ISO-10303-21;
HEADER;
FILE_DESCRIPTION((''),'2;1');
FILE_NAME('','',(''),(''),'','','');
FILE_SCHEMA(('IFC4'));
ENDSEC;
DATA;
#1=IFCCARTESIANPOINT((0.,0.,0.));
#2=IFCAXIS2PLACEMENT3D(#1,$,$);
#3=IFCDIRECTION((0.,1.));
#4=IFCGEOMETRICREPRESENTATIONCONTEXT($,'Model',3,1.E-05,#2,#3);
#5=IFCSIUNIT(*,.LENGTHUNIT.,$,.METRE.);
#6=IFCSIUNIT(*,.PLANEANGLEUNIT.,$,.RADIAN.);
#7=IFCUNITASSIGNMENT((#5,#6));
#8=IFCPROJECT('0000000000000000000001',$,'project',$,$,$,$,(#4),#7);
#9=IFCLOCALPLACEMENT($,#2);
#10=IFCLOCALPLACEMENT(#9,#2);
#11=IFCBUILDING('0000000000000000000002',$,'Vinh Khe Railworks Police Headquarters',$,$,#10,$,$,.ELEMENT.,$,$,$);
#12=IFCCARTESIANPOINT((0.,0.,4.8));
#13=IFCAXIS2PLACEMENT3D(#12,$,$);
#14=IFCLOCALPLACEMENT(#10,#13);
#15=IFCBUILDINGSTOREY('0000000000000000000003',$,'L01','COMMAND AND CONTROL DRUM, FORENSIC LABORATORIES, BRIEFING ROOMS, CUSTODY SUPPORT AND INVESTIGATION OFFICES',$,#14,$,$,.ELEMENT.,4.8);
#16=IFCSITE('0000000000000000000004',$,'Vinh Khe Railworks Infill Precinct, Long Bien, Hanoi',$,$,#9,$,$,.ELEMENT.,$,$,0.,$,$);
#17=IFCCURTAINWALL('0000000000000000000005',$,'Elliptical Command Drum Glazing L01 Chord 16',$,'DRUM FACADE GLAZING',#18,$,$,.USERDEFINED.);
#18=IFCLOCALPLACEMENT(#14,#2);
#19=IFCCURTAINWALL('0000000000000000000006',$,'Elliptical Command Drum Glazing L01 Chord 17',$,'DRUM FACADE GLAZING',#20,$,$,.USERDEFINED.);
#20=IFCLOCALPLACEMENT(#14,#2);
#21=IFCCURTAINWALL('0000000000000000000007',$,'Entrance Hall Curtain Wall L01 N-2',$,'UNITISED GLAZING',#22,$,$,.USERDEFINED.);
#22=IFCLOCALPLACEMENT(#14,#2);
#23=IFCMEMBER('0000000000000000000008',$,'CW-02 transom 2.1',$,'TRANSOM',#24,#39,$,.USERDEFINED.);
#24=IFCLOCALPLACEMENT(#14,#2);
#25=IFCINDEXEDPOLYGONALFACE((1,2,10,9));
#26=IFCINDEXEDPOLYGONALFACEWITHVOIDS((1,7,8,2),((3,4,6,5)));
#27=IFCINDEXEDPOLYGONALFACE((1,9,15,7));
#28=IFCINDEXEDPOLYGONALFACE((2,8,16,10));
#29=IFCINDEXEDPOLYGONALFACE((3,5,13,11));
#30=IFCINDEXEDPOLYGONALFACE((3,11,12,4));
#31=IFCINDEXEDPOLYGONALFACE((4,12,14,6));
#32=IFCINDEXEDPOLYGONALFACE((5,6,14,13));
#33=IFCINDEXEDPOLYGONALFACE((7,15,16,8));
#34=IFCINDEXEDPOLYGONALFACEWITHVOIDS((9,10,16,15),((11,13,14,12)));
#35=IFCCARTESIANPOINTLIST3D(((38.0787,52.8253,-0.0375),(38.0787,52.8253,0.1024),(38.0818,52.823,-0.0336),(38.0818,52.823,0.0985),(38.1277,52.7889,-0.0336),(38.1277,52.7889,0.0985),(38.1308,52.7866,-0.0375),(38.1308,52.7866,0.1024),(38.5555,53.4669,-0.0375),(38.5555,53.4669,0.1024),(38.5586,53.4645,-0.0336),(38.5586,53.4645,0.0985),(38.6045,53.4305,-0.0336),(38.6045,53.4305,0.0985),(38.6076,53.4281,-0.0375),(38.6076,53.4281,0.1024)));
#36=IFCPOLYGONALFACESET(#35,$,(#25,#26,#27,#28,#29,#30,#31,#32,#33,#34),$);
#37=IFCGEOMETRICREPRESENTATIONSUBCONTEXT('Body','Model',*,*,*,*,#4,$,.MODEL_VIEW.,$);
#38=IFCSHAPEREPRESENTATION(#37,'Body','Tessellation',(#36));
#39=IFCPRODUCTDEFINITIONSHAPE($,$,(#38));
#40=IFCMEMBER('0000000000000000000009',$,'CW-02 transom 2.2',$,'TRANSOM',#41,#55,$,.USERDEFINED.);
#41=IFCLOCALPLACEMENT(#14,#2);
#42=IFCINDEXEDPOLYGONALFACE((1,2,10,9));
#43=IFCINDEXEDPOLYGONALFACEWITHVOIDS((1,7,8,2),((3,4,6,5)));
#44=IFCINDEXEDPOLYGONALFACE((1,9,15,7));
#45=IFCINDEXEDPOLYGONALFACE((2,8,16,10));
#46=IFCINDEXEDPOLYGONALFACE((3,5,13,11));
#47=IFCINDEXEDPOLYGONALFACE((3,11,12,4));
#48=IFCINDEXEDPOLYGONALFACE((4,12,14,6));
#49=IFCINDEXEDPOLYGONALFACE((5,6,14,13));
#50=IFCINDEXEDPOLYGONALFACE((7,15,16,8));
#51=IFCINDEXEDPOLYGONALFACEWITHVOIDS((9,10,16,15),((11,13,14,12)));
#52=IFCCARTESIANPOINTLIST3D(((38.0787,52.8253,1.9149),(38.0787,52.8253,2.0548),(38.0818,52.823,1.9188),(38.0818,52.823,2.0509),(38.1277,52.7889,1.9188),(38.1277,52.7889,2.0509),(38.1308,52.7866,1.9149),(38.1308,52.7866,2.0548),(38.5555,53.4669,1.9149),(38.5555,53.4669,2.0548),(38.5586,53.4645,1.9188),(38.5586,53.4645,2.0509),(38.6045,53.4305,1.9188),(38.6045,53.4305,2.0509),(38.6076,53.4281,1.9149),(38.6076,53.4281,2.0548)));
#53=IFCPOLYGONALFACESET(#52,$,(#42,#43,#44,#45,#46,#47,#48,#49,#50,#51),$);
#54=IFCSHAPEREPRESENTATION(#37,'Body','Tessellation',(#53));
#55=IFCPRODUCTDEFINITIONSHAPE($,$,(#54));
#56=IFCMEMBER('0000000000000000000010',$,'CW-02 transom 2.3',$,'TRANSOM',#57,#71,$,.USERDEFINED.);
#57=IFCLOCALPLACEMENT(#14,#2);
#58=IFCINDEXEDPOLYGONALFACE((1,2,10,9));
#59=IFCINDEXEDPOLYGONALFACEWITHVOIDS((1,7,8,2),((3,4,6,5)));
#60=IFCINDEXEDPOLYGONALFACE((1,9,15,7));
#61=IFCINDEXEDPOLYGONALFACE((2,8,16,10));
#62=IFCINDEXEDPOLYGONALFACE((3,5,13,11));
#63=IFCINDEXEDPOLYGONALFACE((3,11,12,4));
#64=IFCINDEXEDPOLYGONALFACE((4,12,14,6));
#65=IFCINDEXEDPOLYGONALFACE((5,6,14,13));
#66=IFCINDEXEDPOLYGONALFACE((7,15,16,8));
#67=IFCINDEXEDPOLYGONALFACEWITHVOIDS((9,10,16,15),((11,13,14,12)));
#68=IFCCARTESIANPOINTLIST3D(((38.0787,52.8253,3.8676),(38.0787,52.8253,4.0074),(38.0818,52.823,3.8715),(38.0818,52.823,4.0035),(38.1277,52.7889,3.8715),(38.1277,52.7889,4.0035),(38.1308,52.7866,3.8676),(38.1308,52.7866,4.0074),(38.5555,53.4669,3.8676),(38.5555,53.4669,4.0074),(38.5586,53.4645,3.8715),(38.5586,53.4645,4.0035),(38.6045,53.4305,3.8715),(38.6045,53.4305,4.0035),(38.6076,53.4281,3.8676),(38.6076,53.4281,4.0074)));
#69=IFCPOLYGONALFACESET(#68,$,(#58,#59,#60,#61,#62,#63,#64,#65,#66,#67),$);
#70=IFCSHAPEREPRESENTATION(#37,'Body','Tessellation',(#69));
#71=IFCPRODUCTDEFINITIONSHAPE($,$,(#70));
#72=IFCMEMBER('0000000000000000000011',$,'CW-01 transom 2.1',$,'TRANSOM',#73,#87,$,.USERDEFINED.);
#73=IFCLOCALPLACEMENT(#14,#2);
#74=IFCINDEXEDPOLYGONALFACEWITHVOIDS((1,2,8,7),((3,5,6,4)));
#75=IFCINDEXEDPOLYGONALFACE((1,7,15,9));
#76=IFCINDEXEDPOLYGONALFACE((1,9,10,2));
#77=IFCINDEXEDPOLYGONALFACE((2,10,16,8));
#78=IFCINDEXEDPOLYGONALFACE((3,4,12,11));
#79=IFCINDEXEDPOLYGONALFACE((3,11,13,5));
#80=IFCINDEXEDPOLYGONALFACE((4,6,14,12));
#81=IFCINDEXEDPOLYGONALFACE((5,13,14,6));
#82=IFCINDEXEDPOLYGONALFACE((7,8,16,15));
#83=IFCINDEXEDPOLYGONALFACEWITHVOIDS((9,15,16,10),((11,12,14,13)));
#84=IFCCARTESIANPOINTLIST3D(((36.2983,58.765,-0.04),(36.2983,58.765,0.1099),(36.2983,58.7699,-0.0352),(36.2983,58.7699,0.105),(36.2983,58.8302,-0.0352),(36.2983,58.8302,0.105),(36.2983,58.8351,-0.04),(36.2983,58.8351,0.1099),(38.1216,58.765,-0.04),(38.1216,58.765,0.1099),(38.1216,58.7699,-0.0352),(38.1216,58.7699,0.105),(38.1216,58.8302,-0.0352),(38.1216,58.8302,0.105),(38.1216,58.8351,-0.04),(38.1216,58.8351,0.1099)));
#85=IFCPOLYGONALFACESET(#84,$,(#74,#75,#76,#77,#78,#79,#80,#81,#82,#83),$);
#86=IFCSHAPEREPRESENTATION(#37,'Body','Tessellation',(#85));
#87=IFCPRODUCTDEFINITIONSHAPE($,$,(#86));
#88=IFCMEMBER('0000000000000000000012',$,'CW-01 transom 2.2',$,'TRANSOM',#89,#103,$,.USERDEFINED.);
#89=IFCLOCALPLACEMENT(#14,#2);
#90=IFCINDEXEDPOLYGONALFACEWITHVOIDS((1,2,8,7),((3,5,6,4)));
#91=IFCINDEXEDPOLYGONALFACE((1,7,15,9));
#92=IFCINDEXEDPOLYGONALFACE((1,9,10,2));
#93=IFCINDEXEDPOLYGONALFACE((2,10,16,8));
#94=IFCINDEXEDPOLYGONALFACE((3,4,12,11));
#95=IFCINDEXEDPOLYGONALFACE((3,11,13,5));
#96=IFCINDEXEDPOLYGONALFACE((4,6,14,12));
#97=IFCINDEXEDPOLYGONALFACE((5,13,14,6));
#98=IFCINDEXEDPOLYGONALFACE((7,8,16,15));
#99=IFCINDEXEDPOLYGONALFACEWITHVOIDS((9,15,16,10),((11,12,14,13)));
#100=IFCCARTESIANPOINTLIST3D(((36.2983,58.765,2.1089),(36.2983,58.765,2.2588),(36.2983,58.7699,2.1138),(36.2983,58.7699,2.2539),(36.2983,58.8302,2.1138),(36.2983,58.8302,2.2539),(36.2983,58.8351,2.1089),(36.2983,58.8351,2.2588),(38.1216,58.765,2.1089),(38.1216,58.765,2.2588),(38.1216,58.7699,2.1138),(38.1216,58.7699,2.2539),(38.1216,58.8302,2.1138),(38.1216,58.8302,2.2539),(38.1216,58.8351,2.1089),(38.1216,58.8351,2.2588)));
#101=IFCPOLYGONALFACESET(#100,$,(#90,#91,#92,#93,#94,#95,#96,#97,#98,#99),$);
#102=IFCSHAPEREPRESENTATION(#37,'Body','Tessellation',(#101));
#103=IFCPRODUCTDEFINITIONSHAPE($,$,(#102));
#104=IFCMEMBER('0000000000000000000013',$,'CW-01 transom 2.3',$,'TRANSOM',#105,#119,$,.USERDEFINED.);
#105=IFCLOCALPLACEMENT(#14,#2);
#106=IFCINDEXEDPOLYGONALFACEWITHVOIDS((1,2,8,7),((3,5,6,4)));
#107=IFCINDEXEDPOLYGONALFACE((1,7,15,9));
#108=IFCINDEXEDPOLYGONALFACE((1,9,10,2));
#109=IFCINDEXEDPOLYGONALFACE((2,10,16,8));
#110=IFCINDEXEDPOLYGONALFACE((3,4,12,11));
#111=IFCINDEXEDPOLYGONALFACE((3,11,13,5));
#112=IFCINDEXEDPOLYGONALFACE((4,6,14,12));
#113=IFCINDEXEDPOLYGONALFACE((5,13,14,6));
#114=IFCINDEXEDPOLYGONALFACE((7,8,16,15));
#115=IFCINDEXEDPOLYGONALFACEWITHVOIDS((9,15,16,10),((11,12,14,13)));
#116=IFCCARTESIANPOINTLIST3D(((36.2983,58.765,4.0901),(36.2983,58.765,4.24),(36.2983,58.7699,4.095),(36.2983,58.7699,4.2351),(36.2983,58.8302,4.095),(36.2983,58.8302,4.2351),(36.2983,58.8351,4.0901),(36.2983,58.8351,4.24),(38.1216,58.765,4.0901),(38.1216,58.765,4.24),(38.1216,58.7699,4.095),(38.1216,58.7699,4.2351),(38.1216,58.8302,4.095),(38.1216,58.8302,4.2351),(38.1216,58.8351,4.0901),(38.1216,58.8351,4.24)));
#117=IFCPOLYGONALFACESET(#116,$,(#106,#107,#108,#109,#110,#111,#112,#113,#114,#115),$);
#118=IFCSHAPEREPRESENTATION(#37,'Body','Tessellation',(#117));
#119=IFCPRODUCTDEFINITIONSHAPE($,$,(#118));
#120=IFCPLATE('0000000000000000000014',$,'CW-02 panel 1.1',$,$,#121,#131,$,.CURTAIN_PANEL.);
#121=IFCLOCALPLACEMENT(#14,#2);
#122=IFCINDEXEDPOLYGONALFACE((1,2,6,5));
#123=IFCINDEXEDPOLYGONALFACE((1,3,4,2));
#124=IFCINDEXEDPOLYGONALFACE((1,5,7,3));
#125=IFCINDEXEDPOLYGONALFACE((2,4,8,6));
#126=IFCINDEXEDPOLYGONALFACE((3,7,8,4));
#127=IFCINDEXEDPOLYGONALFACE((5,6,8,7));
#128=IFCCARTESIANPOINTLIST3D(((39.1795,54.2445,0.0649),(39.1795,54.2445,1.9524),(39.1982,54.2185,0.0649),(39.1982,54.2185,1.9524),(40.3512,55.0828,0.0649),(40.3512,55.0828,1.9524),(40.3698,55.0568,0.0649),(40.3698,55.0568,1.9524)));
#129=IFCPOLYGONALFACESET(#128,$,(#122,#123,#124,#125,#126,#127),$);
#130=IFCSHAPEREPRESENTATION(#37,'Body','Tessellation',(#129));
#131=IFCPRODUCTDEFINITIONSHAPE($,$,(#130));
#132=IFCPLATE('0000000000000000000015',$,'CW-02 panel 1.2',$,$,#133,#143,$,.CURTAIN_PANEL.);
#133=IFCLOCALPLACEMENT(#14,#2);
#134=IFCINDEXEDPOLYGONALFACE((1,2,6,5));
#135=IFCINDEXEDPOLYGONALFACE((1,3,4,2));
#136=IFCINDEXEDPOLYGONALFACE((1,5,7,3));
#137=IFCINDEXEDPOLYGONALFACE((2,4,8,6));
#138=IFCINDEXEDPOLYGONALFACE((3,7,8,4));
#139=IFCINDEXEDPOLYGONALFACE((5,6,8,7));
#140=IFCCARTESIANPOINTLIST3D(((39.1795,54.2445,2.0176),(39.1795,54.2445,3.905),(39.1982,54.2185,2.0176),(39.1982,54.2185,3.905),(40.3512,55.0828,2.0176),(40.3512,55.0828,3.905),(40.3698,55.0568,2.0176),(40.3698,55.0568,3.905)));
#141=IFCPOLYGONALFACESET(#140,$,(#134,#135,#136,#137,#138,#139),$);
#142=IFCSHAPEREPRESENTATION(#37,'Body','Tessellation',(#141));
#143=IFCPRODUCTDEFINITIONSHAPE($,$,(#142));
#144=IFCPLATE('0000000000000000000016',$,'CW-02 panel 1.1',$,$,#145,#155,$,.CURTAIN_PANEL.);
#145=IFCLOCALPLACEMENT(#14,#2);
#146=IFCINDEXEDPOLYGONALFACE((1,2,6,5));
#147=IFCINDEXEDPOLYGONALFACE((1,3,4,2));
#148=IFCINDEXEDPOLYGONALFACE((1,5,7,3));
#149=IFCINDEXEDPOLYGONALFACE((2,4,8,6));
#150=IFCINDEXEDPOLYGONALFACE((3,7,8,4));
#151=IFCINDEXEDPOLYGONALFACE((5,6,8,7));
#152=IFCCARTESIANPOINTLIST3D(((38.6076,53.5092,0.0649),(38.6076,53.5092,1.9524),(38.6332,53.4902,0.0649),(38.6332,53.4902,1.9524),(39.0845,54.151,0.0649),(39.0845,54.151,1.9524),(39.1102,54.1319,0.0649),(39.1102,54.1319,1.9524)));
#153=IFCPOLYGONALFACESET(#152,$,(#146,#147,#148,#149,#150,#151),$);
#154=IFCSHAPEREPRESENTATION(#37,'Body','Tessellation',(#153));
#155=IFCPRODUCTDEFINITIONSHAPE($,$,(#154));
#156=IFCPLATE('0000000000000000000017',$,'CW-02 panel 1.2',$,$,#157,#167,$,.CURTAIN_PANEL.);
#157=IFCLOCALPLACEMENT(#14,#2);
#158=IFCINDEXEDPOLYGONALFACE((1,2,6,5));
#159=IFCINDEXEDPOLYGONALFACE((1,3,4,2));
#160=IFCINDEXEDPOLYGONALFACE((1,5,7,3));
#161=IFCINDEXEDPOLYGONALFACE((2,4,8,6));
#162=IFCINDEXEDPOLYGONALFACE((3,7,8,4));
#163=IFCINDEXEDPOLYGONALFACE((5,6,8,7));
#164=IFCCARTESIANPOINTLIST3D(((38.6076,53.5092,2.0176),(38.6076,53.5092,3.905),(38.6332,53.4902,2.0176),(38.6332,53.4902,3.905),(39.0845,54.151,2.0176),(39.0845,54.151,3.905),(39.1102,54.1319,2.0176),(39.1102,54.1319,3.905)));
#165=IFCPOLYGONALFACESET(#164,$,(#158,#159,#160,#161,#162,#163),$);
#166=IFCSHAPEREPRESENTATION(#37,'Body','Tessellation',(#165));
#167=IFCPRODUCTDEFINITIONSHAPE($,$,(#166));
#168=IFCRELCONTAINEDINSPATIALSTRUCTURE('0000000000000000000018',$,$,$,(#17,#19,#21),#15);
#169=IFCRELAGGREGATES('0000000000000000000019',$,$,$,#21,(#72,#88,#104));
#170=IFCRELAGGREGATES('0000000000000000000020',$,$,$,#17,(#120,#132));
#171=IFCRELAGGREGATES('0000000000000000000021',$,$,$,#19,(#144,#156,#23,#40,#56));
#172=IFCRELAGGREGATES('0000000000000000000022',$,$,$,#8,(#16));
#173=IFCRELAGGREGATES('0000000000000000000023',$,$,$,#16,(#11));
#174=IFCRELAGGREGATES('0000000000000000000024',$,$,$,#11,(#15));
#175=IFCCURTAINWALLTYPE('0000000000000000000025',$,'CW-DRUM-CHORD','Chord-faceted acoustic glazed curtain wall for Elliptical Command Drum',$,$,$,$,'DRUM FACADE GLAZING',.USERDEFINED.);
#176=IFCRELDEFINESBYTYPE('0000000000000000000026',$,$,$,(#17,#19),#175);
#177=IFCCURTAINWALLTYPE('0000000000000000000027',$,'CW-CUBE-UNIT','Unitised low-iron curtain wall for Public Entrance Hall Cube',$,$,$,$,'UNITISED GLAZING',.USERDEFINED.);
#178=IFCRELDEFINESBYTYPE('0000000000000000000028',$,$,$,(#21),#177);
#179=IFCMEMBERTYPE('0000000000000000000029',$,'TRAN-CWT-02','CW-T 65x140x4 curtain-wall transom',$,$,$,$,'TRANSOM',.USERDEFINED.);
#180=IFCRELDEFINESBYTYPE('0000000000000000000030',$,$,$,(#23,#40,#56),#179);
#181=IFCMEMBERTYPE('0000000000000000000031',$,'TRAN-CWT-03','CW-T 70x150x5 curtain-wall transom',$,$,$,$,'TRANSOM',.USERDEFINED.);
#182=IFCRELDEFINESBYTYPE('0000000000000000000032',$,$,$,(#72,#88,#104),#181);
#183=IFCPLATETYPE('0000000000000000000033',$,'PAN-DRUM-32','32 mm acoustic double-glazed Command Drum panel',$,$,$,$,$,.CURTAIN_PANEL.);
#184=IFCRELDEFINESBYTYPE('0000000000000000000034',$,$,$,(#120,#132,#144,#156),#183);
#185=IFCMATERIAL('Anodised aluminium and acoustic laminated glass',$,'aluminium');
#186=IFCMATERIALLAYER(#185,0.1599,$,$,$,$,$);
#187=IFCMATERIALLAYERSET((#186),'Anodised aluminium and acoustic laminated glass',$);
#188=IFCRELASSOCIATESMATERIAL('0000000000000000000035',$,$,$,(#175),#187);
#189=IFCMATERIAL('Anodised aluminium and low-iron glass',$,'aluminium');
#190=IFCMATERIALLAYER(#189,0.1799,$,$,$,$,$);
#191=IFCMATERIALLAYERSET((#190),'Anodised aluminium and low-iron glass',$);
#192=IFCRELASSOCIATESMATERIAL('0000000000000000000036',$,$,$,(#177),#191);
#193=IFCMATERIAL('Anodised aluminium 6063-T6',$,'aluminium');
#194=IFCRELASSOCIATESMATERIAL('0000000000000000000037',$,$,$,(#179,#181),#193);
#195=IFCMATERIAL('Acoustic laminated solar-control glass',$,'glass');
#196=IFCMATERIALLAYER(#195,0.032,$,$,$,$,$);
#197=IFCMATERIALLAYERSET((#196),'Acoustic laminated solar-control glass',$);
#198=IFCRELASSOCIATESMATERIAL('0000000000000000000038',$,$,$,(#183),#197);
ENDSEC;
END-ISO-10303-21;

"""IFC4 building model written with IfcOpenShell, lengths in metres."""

from ifc_helpers import new_model, si_unit, direction, frame, origin, origin_2d, place, context, subcontext, project, spatial, rectangle, hollow_rectangle, extrude, material, layer, layer_set, material_profile, profile_set, type_object, element, aggregate, save


model = new_model("IFC4")

# Units and contexts
model_context = context("Model", 3, precision=1e-05, world=origin(), true_north=direction((0.0, 1.0)))
body_context = subcontext(model_context, "Body", "Model", "MODEL_VIEW")
ifc_project = project(units=[si_unit("LENGTHUNIT", "METRE"), si_unit("PLANEANGLEUNIT", "RADIAN")], contexts=[model_context])

# Site, building, storey
site_placement = place(None, origin())
site = spatial("IfcSite", under=ifc_project, at=site_placement, Name="Vinh Khe Railworks Infill Precinct, Long Bien, Hanoi", CompositionType="ELEMENT", RefElevation=0.0)
building_placement = place(site_placement, origin())
building = spatial("IfcBuilding", under=site, at=building_placement, Name="Vinh Khe Railworks Police Headquarters", CompositionType="ELEMENT")
storey_placement = place(building_placement, frame((0.0, 0.0, 4.8)))
storey = spatial("IfcBuildingStorey", under=building, at=storey_placement, Name="L01", Description="COMMAND AND CONTROL DRUM, FORENSIC LABORATORIES, BRIEFING ROOMS, CUSTODY SUPPORT AND INVESTIGATION OFFICES", CompositionType="ELEMENT", Elevation=4.8)

# Curtain wall
ifc_material_1 = material(Name="Anodised aluminium and acoustic laminated glass", Category="aluminium")
ifc_layer_1 = layer(ifc_material_1, 0.1599)
ifc_layer_set_1 = layer_set([ifc_layer_1], Name="Anodised aluminium and acoustic laminated glass")
curtain_wall_type_1 = type_object("IfcCurtainWallType", Name="CW-DRUM-CHORD", Description="Chord-faceted acoustic glazed curtain wall for Elliptical Command Drum", ElementType="DRUM FACADE GLAZING", PredefinedType="USERDEFINED", material=ifc_layer_set_1)
curtain_wall_1_placement = place(storey_placement, origin())
curtain_wall_1 = element("IfcCurtainWall", 1, at=curtain_wall_1_placement, inside=storey, type_object=curtain_wall_type_1, Name="Elliptical Command Drum Glazing L01 Chord 16", ObjectType="DRUM FACADE GLAZING", PredefinedType="USERDEFINED")
ifc_material_2 = material(Name="Anodised aluminium 6063-T6", Category="aluminium")

# Curtain wall
curtain_wall_2_placement = place(storey_placement, origin())
curtain_wall_2 = element("IfcCurtainWall", 2, at=curtain_wall_2_placement, inside=storey, type_object=curtain_wall_type_1, Name="Elliptical Command Drum Glazing L01 Chord 17", ObjectType="DRUM FACADE GLAZING", PredefinedType="USERDEFINED")

# Curtain wall
ifc_material_3 = material(Name="Anodised aluminium and low-iron glass", Category="aluminium")
ifc_layer_2 = layer(ifc_material_3, 0.1799)
ifc_layer_set_2 = layer_set([ifc_layer_2], Name="Anodised aluminium and low-iron glass")
curtain_wall_type_2 = type_object("IfcCurtainWallType", Name="CW-CUBE-UNIT", Description="Unitised low-iron curtain wall for Public Entrance Hall Cube", ElementType="UNITISED GLAZING", PredefinedType="USERDEFINED", material=ifc_layer_set_2)
curtain_wall_3_placement = place(storey_placement, origin())
curtain_wall_3 = element("IfcCurtainWall", 3, at=curtain_wall_3_placement, inside=storey, type_object=curtain_wall_type_2, Name="Entrance Hall Curtain Wall L01 N-2", ObjectType="UNITISED GLAZING", PredefinedType="USERDEFINED")

# Members
ifc_material_profile_1 = material_profile(ifc_material_2, hollow_rectangle(XDim=0.0649, YDim=0.1399, WallThickness=0.0039, at=origin_2d()), Name="CW-T 65x140x4")
ifc_profile_set_1 = profile_set([ifc_material_profile_1], Name="Anodised aluminium 6063-T6")
member_type_1 = type_object("IfcMemberType", Name="TRAN-CWT-02", Description="CW-T 65x140x4 curtain-wall transom", ElementType="TRANSOM", PredefinedType="USERDEFINED", material=ifc_profile_set_1)
member_1_placement = place(storey_placement, frame((38.5815, 53.4475, 0.0325), z_axis=(-0.596476, -0.802631, 0.0), x_axis=(0.802631, -0.596476, 0.0)))
member_1 = element("IfcMember", 4, at=member_1_placement, type_object=member_type_1, Name="CW-02 transom 2.1", ObjectType="TRANSOM", PredefinedType="USERDEFINED", context=body_context, shape_type="SweptSolid", body=[
    extrude(hollow_rectangle(XDim=0.0649, YDim=0.1399, WallThickness=0.0039, at=origin_2d()), origin(), (0.0, 0.0, 1.0), 0.7993),
])
member_2_placement = place(storey_placement, frame((38.5815, 53.4475, 1.9849), z_axis=(-0.596476, -0.802631, 0.0), x_axis=(0.802631, -0.596476, 0.0)))
member_2 = element("IfcMember", 5, at=member_2_placement, type_object=member_type_1, Name="CW-02 transom 2.2", ObjectType="TRANSOM", PredefinedType="USERDEFINED", context=body_context, shape_type="SweptSolid", body=[
    extrude(hollow_rectangle(XDim=0.0649, YDim=0.1399, WallThickness=0.0039, at=origin_2d()), origin(), (0.0, 0.0, 1.0), 0.7993),
])
member_3_placement = place(storey_placement, frame((38.5815, 53.4475, 3.9375), z_axis=(-0.596476, -0.802631, 0.0), x_axis=(0.802631, -0.596476, 0.0)))
member_3 = element("IfcMember", 6, at=member_3_placement, type_object=member_type_1, Name="CW-02 transom 2.3", ObjectType="TRANSOM", PredefinedType="USERDEFINED", context=body_context, shape_type="SweptSolid", body=[
    extrude(hollow_rectangle(XDim=0.0649, YDim=0.1399, WallThickness=0.0039, at=origin_2d()), origin(), (0.0, 0.0, 1.0), 0.7993),
])
ifc_material_profile_2 = material_profile(ifc_material_2, hollow_rectangle(XDim=0.0701, YDim=0.1499, WallThickness=0.0049, at=origin_2d()), Name="CW-T 70x150x5")
ifc_profile_set_2 = profile_set([ifc_material_profile_2], Name="Anodised aluminium 6063-T6")
member_type_2 = type_object("IfcMemberType", Name="TRAN-CWT-03", Description="CW-T 70x150x5 curtain-wall transom", ElementType="TRANSOM", PredefinedType="USERDEFINED", material=ifc_profile_set_2)
member_4_placement = place(storey_placement, frame((36.2983, 58.8, 0.0349), z_axis=(1.0, 0.0, 0.0), x_axis=(0.0, 1.0, 0.0)))
member_4 = element("IfcMember", 7, at=member_4_placement, type_object=member_type_2, Name="CW-01 transom 2.1", ObjectType="TRANSOM", PredefinedType="USERDEFINED", context=body_context, shape_type="SweptSolid", body=[
    extrude(hollow_rectangle(XDim=0.0701, YDim=0.1499, WallThickness=0.0049, at=origin_2d()), origin(), (0.0, 0.0, 1.0), 1.8232),
])
member_5_placement = place(storey_placement, frame((36.2983, 58.8, 2.1838), z_axis=(1.0, 0.0, 0.0), x_axis=(0.0, 1.0, 0.0)))
member_5 = element("IfcMember", 8, at=member_5_placement, type_object=member_type_2, Name="CW-01 transom 2.2", ObjectType="TRANSOM", PredefinedType="USERDEFINED", context=body_context, shape_type="SweptSolid", body=[
    extrude(hollow_rectangle(XDim=0.0701, YDim=0.1499, WallThickness=0.0049, at=origin_2d()), origin(), (0.0, 0.0, 1.0), 1.8232),
])
member_6_placement = place(storey_placement, frame((36.2983, 58.8, 4.165), z_axis=(1.0, 0.0, 0.0), x_axis=(0.0, 1.0, 0.0)))
member_6 = element("IfcMember", 9, at=member_6_placement, type_object=member_type_2, Name="CW-01 transom 2.3", ObjectType="TRANSOM", PredefinedType="USERDEFINED", context=body_context, shape_type="SweptSolid", body=[
    extrude(hollow_rectangle(XDim=0.0701, YDim=0.1499, WallThickness=0.0049, at=origin_2d()), origin(), (0.0, 0.0, 1.0), 1.8232),
])
aggregate(curtain_wall_3, [member_4, member_5, member_6])

# Plates
ifc_material_4 = material(Name="Acoustic laminated solar-control glass", Category="glass")
ifc_layer_3 = layer(ifc_material_4, 0.032)
ifc_layer_set_3 = layer_set([ifc_layer_3], Name="Acoustic laminated solar-control glass")
plate_type = type_object("IfcPlateType", Name="PAN-DRUM-32", Description="32 mm acoustic double-glazed Command Drum panel", PredefinedType="CURTAIN_PANEL", material=ifc_layer_set_3)
plate_1_placement = place(storey_placement, frame((39.7747, 54.6506, 0.0649), z_axis=(0.0, 0.0, 1.0), x_axis=(-0.813248, -0.581917, 0.0)))
plate_1 = element("IfcPlate", 10, at=plate_1_placement, type_object=plate_type, Name="CW-02 panel 1.1", PredefinedType="CURTAIN_PANEL", context=body_context, shape_type="SweptSolid", body=[
    extrude(rectangle(XDim=1.4407, YDim=0.032, at=origin_2d()), origin(), (0.0, 0.0, 1.0), 1.8875),
])
plate_2_placement = place(storey_placement, frame((39.7747, 54.6506, 2.0176), z_axis=(0.0, 0.0, 1.0), x_axis=(-0.813248, -0.581917, 0.0)))
plate_2 = element("IfcPlate", 11, at=plate_2_placement, type_object=plate_type, Name="CW-02 panel 1.2", PredefinedType="CURTAIN_PANEL", context=body_context, shape_type="SweptSolid", body=[
    extrude(rectangle(XDim=1.4407, YDim=0.032, at=origin_2d()), origin(), (0.0, 0.0, 1.0), 1.8875),
])
aggregate(curtain_wall_1, [plate_1, plate_2])
plate_3_placement = place(storey_placement, frame((38.8589, 53.8206, 0.0649), z_axis=(0.0, 0.0, 1.0), x_axis=(-0.596528, -0.802592, 0.0)))
plate_3 = element("IfcPlate", 12, at=plate_3_placement, type_object=plate_type, Name="CW-02 panel 1.1", PredefinedType="CURTAIN_PANEL", context=body_context, shape_type="SweptSolid", body=[
    extrude(rectangle(XDim=0.7996, YDim=0.032, at=origin_2d()), origin(), (0.0, 0.0, 1.0), 1.8875),
])
plate_4_placement = place(storey_placement, frame((38.8589, 53.8206, 2.0176), z_axis=(0.0, 0.0, 1.0), x_axis=(-0.596528, -0.802592, 0.0)))
plate_4 = element("IfcPlate", 13, at=plate_4_placement, type_object=plate_type, Name="CW-02 panel 1.2", PredefinedType="CURTAIN_PANEL", context=body_context, shape_type="SweptSolid", body=[
    extrude(rectangle(XDim=0.7996, YDim=0.032, at=origin_2d()), origin(), (0.0, 0.0, 1.0), 1.8875),
])
aggregate(curtain_wall_2, [plate_3, plate_4, member_1, member_2, member_3])

save(model, "model.ifc")
